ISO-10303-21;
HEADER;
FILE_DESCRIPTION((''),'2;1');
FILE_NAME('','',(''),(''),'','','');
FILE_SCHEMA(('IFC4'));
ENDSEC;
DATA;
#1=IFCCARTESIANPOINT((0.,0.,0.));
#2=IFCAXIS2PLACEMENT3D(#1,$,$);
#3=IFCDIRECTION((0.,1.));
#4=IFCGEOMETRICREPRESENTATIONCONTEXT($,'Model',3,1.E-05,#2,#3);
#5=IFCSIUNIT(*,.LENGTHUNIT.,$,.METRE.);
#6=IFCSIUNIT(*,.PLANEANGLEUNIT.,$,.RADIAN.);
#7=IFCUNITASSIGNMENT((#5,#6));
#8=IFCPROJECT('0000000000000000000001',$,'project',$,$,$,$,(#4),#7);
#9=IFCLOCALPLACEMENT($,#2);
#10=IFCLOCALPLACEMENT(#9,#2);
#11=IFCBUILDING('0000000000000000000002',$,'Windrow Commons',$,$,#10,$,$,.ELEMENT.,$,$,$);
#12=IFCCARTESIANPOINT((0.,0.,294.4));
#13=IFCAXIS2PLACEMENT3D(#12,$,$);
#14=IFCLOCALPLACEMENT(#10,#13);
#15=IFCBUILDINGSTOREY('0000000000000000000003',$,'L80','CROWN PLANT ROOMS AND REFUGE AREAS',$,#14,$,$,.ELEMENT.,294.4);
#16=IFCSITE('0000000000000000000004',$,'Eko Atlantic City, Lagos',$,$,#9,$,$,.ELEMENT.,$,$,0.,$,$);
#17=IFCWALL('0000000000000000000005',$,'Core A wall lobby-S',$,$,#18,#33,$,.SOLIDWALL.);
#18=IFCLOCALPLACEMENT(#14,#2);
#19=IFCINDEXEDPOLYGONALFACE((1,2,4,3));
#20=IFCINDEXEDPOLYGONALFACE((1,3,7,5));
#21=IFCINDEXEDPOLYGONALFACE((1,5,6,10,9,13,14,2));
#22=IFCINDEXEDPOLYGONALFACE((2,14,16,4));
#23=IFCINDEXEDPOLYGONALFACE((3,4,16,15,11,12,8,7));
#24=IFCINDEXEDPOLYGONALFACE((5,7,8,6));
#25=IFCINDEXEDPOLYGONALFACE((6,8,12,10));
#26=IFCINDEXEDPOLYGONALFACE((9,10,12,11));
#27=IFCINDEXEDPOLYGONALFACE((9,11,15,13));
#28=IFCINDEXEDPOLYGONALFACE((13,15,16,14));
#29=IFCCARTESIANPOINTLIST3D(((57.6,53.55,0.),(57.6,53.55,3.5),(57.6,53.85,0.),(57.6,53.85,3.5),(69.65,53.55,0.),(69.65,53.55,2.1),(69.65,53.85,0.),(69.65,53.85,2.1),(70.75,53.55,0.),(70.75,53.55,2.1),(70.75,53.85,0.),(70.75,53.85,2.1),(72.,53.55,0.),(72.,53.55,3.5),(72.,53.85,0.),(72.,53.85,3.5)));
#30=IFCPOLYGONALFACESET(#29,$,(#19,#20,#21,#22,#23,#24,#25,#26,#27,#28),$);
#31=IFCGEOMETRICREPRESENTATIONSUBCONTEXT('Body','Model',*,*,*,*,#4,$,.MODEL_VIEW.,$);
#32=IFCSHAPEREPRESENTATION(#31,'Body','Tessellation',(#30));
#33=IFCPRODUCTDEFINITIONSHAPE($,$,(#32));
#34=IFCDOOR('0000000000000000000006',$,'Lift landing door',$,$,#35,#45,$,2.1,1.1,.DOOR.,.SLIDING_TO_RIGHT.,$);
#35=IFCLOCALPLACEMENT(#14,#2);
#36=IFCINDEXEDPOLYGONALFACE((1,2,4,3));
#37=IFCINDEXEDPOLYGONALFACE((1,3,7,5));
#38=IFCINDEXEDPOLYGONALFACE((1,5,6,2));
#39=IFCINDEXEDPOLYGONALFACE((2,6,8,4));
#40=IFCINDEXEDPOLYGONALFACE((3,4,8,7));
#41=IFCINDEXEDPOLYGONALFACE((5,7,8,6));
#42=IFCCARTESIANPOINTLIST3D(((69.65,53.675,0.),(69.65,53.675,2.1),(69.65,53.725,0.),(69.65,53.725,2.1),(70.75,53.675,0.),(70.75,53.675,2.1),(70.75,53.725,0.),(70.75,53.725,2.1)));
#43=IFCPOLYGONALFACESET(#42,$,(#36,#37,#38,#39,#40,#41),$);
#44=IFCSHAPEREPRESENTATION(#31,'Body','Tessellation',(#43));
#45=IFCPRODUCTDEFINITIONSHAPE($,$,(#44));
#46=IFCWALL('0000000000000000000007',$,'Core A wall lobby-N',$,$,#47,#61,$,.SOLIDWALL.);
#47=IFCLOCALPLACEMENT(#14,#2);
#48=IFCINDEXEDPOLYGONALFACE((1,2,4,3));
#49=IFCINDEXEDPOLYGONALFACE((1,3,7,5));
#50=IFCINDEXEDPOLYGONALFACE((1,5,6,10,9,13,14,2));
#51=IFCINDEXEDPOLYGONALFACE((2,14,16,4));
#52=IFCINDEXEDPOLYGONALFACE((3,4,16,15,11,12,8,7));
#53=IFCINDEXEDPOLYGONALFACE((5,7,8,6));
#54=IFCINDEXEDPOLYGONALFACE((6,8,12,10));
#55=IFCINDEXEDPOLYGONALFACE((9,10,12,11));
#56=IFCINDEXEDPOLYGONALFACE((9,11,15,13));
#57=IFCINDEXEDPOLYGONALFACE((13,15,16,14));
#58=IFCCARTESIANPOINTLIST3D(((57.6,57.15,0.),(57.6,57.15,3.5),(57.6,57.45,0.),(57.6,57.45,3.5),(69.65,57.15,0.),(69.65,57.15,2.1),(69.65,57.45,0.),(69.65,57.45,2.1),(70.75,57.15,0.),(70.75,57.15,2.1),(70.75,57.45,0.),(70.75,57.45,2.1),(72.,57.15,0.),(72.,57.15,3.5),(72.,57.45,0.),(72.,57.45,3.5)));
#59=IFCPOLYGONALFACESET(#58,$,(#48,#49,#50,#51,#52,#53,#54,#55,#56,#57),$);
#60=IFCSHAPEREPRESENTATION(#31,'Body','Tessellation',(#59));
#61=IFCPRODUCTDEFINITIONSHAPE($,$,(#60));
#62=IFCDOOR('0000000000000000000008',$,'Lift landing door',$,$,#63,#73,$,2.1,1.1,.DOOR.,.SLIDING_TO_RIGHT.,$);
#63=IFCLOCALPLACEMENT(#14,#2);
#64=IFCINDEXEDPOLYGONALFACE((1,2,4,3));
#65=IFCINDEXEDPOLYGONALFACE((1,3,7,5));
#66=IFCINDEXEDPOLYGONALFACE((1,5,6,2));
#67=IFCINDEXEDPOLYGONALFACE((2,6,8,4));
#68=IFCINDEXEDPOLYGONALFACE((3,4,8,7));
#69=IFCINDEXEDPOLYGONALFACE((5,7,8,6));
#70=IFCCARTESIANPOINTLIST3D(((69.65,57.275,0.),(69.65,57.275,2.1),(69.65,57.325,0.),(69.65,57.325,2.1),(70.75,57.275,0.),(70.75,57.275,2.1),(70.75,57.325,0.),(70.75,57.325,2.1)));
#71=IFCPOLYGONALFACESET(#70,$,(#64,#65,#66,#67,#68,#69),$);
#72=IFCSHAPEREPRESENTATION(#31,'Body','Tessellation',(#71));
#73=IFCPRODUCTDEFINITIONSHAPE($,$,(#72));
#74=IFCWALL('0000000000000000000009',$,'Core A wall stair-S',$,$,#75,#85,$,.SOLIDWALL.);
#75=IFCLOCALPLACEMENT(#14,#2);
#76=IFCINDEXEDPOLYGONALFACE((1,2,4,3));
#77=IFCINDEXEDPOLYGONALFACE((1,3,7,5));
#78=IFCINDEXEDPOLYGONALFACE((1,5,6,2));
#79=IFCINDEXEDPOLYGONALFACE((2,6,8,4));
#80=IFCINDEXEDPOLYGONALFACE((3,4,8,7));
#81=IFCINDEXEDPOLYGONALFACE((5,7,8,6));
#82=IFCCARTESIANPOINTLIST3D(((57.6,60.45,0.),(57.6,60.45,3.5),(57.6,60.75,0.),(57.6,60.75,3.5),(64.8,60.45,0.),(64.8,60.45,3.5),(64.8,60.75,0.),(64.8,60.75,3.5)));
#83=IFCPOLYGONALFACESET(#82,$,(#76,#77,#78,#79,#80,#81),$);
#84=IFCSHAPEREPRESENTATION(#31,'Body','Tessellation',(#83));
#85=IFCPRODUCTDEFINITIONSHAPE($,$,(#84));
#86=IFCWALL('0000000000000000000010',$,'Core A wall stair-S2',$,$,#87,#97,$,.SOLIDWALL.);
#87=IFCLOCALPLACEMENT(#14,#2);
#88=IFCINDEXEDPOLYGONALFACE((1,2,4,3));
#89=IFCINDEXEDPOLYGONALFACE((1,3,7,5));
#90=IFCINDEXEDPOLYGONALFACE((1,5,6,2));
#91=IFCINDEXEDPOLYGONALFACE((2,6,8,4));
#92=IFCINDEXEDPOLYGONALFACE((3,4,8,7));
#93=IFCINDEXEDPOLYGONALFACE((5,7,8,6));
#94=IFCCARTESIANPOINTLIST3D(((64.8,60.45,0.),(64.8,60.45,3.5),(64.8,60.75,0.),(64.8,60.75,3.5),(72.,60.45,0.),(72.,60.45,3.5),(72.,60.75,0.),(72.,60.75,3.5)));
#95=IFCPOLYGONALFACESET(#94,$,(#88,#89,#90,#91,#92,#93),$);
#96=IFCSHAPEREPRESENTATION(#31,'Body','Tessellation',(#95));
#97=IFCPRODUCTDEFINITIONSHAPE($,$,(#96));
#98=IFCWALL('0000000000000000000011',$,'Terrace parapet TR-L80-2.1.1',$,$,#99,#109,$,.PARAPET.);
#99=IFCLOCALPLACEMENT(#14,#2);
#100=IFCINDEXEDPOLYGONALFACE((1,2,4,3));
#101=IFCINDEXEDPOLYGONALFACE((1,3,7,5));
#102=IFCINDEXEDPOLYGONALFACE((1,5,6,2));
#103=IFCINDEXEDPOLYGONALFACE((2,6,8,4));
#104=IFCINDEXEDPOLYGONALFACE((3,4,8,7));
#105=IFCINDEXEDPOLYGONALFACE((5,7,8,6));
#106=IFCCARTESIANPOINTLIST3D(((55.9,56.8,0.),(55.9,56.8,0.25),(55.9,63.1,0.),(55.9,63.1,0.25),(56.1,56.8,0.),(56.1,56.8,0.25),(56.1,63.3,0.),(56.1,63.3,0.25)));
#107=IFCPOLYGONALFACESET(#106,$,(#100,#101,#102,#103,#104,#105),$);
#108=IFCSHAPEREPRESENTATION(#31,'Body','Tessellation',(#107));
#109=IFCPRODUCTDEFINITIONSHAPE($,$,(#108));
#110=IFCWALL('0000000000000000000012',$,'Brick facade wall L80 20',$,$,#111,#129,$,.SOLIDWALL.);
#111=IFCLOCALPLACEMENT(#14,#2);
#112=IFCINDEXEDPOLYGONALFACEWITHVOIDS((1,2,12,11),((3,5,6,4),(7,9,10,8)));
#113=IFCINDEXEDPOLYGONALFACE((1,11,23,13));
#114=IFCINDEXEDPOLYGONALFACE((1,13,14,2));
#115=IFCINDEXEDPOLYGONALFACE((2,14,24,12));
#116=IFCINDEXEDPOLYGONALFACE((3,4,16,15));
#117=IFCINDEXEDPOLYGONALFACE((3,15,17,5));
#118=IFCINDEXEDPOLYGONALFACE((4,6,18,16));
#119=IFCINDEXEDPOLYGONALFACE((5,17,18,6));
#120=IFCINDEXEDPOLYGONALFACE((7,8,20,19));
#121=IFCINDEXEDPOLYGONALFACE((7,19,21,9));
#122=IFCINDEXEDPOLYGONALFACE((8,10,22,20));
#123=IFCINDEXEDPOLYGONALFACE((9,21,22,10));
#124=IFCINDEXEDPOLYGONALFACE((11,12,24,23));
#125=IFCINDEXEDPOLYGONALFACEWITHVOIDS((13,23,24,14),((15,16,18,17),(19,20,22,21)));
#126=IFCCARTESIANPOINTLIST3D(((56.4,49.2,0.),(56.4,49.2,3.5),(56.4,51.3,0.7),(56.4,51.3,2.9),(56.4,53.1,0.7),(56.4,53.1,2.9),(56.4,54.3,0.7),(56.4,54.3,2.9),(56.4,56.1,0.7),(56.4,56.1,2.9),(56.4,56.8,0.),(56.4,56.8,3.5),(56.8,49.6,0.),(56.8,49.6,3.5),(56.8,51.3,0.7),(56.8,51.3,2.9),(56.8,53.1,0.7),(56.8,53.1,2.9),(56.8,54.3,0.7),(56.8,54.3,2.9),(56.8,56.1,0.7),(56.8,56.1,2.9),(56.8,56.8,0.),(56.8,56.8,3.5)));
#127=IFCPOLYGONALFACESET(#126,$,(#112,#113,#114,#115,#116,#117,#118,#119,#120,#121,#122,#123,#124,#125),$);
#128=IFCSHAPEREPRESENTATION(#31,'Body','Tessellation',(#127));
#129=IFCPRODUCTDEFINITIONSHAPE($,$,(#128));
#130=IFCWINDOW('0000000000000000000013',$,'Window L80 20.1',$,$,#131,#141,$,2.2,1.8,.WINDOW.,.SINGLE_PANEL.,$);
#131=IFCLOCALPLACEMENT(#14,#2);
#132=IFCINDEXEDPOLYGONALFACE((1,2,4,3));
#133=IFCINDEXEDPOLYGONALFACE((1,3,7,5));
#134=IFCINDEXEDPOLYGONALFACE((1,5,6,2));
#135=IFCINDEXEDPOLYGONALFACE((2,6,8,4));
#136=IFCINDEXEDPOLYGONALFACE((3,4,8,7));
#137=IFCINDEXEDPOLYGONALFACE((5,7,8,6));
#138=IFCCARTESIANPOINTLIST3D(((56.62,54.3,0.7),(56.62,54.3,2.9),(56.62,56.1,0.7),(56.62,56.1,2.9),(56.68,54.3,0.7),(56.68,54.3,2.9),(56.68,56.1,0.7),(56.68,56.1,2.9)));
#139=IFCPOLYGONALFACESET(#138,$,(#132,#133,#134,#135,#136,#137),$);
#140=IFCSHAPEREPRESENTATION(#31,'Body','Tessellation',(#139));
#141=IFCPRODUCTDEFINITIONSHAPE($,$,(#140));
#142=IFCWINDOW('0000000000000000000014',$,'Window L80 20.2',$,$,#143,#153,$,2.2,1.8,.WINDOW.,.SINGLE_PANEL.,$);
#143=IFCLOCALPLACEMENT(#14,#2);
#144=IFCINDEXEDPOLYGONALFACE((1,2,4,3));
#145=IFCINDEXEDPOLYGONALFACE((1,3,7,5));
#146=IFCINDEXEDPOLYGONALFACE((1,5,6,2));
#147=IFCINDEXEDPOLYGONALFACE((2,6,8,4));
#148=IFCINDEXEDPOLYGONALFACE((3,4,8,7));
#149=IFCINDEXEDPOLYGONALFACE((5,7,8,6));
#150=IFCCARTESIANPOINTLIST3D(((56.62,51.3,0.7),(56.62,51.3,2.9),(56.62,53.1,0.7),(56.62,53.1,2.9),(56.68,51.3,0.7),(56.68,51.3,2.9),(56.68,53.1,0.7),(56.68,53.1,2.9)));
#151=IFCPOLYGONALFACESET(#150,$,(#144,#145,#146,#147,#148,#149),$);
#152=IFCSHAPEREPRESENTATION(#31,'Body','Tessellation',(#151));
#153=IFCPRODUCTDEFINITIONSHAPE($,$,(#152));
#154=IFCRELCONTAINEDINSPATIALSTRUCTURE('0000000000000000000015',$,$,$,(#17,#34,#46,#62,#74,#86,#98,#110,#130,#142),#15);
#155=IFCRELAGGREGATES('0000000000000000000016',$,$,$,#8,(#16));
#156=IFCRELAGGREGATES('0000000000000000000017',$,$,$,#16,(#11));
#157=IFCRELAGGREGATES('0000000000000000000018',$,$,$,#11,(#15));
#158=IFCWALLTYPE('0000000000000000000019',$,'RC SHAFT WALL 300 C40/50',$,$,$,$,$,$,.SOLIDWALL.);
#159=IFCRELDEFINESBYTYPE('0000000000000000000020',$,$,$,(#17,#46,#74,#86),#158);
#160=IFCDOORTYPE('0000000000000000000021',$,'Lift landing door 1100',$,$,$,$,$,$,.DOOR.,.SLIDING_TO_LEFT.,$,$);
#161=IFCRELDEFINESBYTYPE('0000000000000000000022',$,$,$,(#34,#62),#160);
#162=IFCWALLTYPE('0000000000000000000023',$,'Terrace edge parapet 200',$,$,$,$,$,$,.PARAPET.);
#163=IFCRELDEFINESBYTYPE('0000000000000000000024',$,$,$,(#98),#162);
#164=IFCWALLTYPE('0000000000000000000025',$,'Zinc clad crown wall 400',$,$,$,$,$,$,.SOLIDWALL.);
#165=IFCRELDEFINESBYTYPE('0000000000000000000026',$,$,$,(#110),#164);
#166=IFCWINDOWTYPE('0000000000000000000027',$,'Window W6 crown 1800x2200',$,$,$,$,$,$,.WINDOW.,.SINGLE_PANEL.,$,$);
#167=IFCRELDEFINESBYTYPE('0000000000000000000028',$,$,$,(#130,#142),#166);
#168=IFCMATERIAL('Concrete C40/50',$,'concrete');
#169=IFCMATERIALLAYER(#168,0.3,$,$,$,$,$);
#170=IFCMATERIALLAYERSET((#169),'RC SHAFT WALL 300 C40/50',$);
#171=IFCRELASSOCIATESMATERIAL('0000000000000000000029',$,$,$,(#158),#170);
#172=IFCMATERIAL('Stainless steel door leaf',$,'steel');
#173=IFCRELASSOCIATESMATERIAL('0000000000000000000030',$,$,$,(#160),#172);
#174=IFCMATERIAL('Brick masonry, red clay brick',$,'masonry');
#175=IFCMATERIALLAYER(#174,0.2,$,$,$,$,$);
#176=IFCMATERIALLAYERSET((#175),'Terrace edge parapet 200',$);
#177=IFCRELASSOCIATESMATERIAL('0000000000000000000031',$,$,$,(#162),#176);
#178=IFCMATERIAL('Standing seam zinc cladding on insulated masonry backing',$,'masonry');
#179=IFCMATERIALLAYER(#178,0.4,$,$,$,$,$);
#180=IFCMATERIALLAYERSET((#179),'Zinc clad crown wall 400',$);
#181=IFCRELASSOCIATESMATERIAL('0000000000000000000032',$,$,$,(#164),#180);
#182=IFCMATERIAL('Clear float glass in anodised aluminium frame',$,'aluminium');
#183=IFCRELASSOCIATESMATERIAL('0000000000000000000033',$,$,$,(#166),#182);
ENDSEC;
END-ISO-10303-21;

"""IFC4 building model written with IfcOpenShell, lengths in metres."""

from ifc_helpers import new_model, si_unit, direction, frame, frame_2d, origin, place, context, subcontext, project, spatial, polyline, rectangle, outline, extrude, material, layer, layer_set, type_object, element, fill, save


model = new_model("IFC4")

# Units and contexts
model_context = context("Model", 3, precision=1e-05, world=origin(), true_north=direction((0.0, 1.0)))
body_context = subcontext(model_context, "Body", "Model", "MODEL_VIEW")
ifc_project = project(units=[si_unit("LENGTHUNIT", "METRE"), si_unit("PLANEANGLEUNIT", "RADIAN")], contexts=[model_context])

# Site, building, storey
site_placement = place(None, origin())
site = spatial("IfcSite", under=ifc_project, at=site_placement, Name="Eko Atlantic City, Lagos", CompositionType="ELEMENT", RefElevation=0.0)
building_placement = place(site_placement, origin())
building = spatial("IfcBuilding", under=site, at=building_placement, Name="Windrow Commons", CompositionType="ELEMENT")
storey_placement = place(building_placement, frame((0.0, 0.0, 294.4)))
storey = spatial("IfcBuildingStorey", under=building, at=storey_placement, Name="L80", Description="CROWN PLANT ROOMS AND REFUGE AREAS", CompositionType="ELEMENT", Elevation=294.4)

# Shared definitions
ifc_material_1 = material(Name="Concrete C40/50", Category="concrete")
ifc_layer_1 = layer(ifc_material_1, 0.3)
ifc_layer_set_1 = layer_set([ifc_layer_1], Name="RC SHAFT WALL 300 C40/50")
wall_type_1 = type_object("IfcWallType", Name="RC SHAFT WALL 300 C40/50", PredefinedType="SOLIDWALL", material=ifc_layer_set_1)

# Walls, openings, doors
wall_1_placement = place(storey_placement, frame((57.6, 53.7, 0.0), z_axis=(0.0, 0.0, 1.0), x_axis=(1.0, 0.0, 0.0)))
wall_1 = element("IfcWall", 1, at=wall_1_placement, inside=storey, type_object=wall_type_1, Name="Core A wall lobby-S", PredefinedType="SOLIDWALL", context=body_context, shape_type="SweptSolid", body=[
    extrude(outline(polyline([(0.0, 0.0), (14.4, 0.0), (14.4, 3.5), (0.0, 3.5), (0.0, 0.0)])), frame((0.0, 0.15, 0.0), z_axis=(0.0, -1.0, 0.0), x_axis=(1.0, 0.0, 0.0)), (0.0, 0.0, 1.0), 0.3),
])
opening_1_placement = place(wall_1_placement, frame((12.05, 0.0, 0.0)))
opening_1 = element("IfcOpeningElement", 2, at=opening_1_placement, cuts=wall_1, PredefinedType="OPENING", context=body_context, shape_type="SweptSolid", body=[
    extrude(rectangle(XDim=1.1, YDim=2.1, at=frame_2d((0.55, 1.05))), frame((0.0, 0.16, 0.0), z_axis=(0.0, -1.0, 0.0), x_axis=(1.0, 0.0, 0.0)), (0.0, 0.0, 1.0), 0.32),
])
ifc_material_2 = material(Name="Stainless steel door leaf", Category="steel")
door_type_1 = type_object("IfcDoorType", Name="Lift landing door 1100", OperationType="SLIDING_TO_LEFT", PredefinedType="DOOR", material=ifc_material_2)
door_1_placement = place(opening_1_placement, origin())
door_1 = element("IfcDoor", 3, at=door_1_placement, inside=storey, type_object=door_type_1, Name="Lift landing door", OperationType="SLIDING_TO_RIGHT", OverallHeight=2.1, OverallWidth=1.1, PredefinedType="DOOR", context=body_context, shape_type="SweptSolid", body=[
    extrude(rectangle(XDim=1.1, YDim=2.1, at=frame_2d((0.55, 1.05))), frame((0.0, 0.025, 0.0), z_axis=(0.0, -1.0, 0.0), x_axis=(1.0, 0.0, 0.0)), (0.0, 0.0, 1.0), 0.05),
])
fill(opening_1, door_1)
wall_2_placement = place(storey_placement, frame((57.6, 57.3, 0.0), z_axis=(0.0, 0.0, 1.0), x_axis=(1.0, 0.0, 0.0)))
wall_2 = element("IfcWall", 4, at=wall_2_placement, inside=storey, type_object=wall_type_1, Name="Core A wall lobby-N", PredefinedType="SOLIDWALL", context=body_context, shape_type="SweptSolid", body=[
    extrude(outline(polyline([(0.0, 0.0), (14.4, 0.0), (14.4, 3.5), (0.0, 3.5), (0.0, 0.0)])), frame((0.0, 0.15, 0.0), z_axis=(0.0, -1.0, 0.0), x_axis=(1.0, 0.0, 0.0)), (0.0, 0.0, 1.0), 0.3),
])
opening_2_placement = place(wall_2_placement, frame((12.05, 0.0, 0.0)))
opening_2 = element("IfcOpeningElement", 5, at=opening_2_placement, cuts=wall_2, PredefinedType="OPENING", context=body_context, shape_type="SweptSolid", body=[
    extrude(rectangle(XDim=1.1, YDim=2.1, at=frame_2d((0.55, 1.05))), frame((0.0, 0.16, 0.0), z_axis=(0.0, -1.0, 0.0), x_axis=(1.0, 0.0, 0.0)), (0.0, 0.0, 1.0), 0.32),
])
door_2_placement = place(opening_2_placement, origin())
door_2 = element("IfcDoor", 6, at=door_2_placement, inside=storey, type_object=door_type_1, Name="Lift landing door", OperationType="SLIDING_TO_RIGHT", OverallHeight=2.1, OverallWidth=1.1, PredefinedType="DOOR", context=body_context, shape_type="SweptSolid", body=[
    extrude(rectangle(XDim=1.1, YDim=2.1, at=frame_2d((0.55, 1.05))), frame((0.0, 0.025, 0.0), z_axis=(0.0, -1.0, 0.0), x_axis=(1.0, 0.0, 0.0)), (0.0, 0.0, 1.0), 0.05),
])
fill(opening_2, door_2)

# Walls
for number, where, z_axis, x_axis, name in (
    (7, (57.6, 60.6, 0.0), (0.0, 0.0, 1.0), (1.0, 0.0, 0.0), "Core A wall stair-S"),
    (8, (64.8, 60.6, 0.0), (0.0, 0.0, 1.0), (1.0, 0.0, 0.0), "Core A wall stair-S2"),
):
    element("IfcWall", number, at=place(storey_placement, frame(where, z_axis=z_axis, x_axis=x_axis)), inside=storey, type_object=wall_type_1, Name=name, PredefinedType="SOLIDWALL", context=body_context, shape_type="SweptSolid", body=[
        extrude(outline(polyline([(0.0, 0.0), (7.2, 0.0), (7.2, 3.5), (0.0, 3.5), (0.0, 0.0)])), frame((0.0, 0.15, 0.0), z_axis=(0.0, -1.0, 0.0), x_axis=(1.0, 0.0, 0.0)), (0.0, 0.0, 1.0), 0.3),
    ])
ifc_material_3 = material(Name="Brick masonry, red clay brick", Category="masonry")
ifc_layer_2 = layer(ifc_material_3, 0.2)
ifc_layer_set_2 = layer_set([ifc_layer_2], Name="Terrace edge parapet 200")
wall_type_2 = type_object("IfcWallType", Name="Terrace edge parapet 200", PredefinedType="PARAPET", material=ifc_layer_set_2)
wall_3_placement = place(storey_placement, frame((56.0, 56.8, 0.0), z_axis=(0.0, 0.0, 1.0), x_axis=(0.0, 1.0, 0.0)))
element("IfcWall", 9, at=wall_3_placement, inside=storey, type_object=wall_type_2, Name="Terrace parapet TR-L80-2.1.1", PredefinedType="PARAPET", context=body_context, shape_type="SweptSolid", body=[
    extrude(outline(polyline([(0.0, -0.1), (6.5, -0.1), (6.3, 0.1), (0.0, 0.1), (0.0, -0.1)])), origin(), (0.0, 0.0, 1.0), 0.25),
])

# Wall, openings, windows
ifc_material_4 = material(Name="Standing seam zinc cladding on insulated masonry backing", Category="masonry")
ifc_layer_3 = layer(ifc_material_4, 0.4)
ifc_layer_set_3 = layer_set([ifc_layer_3], Name="Zinc clad crown wall 400")
wall_type_3 = type_object("IfcWallType", Name="Zinc clad crown wall 400", PredefinedType="SOLIDWALL", material=ifc_layer_set_3)
wall_4_placement = place(storey_placement, frame((56.6, 56.6, 0.0), z_axis=(0.0, 0.0, 1.0), x_axis=(0.0, -1.0, 0.0)))
wall_4 = element("IfcWall", 10, at=wall_4_placement, inside=storey, type_object=wall_type_3, Name="Brick facade wall L80 20", PredefinedType="SOLIDWALL", context=body_context, shape_type="SweptSolid", body=[
    extrude(outline(polyline([(-0.2, -0.2), (7.4, -0.2), (7.0, 0.2), (-0.2, 0.2), (-0.2, -0.2)])), origin(), (0.0, 0.0, 1.0), 3.5),
])
opening_3_placement = place(wall_4_placement, frame((0.5, 0.0, 0.7)))
opening_3 = element("IfcOpeningElement", 11, at=opening_3_placement, cuts=wall_4, PredefinedType="OPENING", context=body_context, shape_type="SweptSolid", body=[
    extrude(rectangle(XDim=1.8, YDim=2.2, at=frame_2d((0.9, 1.1))), frame((0.0, 0.21, 0.0), z_axis=(0.0, -1.0, 0.0), x_axis=(1.0, 0.0, 0.0)), (0.0, 0.0, 1.0), 0.42),
])
opening_4_placement = place(wall_4_placement, frame((3.5, 0.0, 0.7)))
opening_4 = element("IfcOpeningElement", 12, at=opening_4_placement, cuts=wall_4, PredefinedType="OPENING", context=body_context, shape_type="SweptSolid", body=[
    extrude(rectangle(XDim=1.8, YDim=2.2, at=frame_2d((0.9, 1.1))), frame((0.0, 0.21, 0.0), z_axis=(0.0, -1.0, 0.0), x_axis=(1.0, 0.0, 0.0)), (0.0, 0.0, 1.0), 0.42),
])
ifc_material_5 = material(Name="Clear float glass in anodised aluminium frame", Category="aluminium")
window_type = type_object("IfcWindowType", Name="Window W6 crown 1800x2200", PartitioningType="SINGLE_PANEL", PredefinedType="WINDOW", material=ifc_material_5)
window_1_placement = place(opening_3_placement, origin())
window_1 = element("IfcWindow", 13, at=window_1_placement, inside=storey, type_object=window_type, Name="Window L80 20.1", OverallHeight=2.2, OverallWidth=1.8, PartitioningType="SINGLE_PANEL", PredefinedType="WINDOW", context=body_context, shape_type="SweptSolid", body=[
    extrude(rectangle(XDim=1.8, YDim=2.2, at=frame_2d((0.9, 1.1))), frame((0.0, 0.08, 0.0), z_axis=(0.0, -1.0, 0.0), x_axis=(1.0, 0.0, 0.0)), (0.0, 0.0, 1.0), 0.06),
])
fill(opening_3, window_1)
window_2_placement = place(opening_4_placement, origin())
window_2 = element("IfcWindow", 14, at=window_2_placement, inside=storey, type_object=window_type, Name="Window L80 20.2", OverallHeight=2.2, OverallWidth=1.8, PartitioningType="SINGLE_PANEL", PredefinedType="WINDOW", context=body_context, shape_type="SweptSolid", body=[
    extrude(rectangle(XDim=1.8, YDim=2.2, at=frame_2d((0.9, 1.1))), frame((0.0, 0.08, 0.0), z_axis=(0.0, -1.0, 0.0), x_axis=(1.0, 0.0, 0.0)), (0.0, 0.0, 1.0), 0.06),
])
fill(opening_4, window_2)

save(model, "model.ifc")
